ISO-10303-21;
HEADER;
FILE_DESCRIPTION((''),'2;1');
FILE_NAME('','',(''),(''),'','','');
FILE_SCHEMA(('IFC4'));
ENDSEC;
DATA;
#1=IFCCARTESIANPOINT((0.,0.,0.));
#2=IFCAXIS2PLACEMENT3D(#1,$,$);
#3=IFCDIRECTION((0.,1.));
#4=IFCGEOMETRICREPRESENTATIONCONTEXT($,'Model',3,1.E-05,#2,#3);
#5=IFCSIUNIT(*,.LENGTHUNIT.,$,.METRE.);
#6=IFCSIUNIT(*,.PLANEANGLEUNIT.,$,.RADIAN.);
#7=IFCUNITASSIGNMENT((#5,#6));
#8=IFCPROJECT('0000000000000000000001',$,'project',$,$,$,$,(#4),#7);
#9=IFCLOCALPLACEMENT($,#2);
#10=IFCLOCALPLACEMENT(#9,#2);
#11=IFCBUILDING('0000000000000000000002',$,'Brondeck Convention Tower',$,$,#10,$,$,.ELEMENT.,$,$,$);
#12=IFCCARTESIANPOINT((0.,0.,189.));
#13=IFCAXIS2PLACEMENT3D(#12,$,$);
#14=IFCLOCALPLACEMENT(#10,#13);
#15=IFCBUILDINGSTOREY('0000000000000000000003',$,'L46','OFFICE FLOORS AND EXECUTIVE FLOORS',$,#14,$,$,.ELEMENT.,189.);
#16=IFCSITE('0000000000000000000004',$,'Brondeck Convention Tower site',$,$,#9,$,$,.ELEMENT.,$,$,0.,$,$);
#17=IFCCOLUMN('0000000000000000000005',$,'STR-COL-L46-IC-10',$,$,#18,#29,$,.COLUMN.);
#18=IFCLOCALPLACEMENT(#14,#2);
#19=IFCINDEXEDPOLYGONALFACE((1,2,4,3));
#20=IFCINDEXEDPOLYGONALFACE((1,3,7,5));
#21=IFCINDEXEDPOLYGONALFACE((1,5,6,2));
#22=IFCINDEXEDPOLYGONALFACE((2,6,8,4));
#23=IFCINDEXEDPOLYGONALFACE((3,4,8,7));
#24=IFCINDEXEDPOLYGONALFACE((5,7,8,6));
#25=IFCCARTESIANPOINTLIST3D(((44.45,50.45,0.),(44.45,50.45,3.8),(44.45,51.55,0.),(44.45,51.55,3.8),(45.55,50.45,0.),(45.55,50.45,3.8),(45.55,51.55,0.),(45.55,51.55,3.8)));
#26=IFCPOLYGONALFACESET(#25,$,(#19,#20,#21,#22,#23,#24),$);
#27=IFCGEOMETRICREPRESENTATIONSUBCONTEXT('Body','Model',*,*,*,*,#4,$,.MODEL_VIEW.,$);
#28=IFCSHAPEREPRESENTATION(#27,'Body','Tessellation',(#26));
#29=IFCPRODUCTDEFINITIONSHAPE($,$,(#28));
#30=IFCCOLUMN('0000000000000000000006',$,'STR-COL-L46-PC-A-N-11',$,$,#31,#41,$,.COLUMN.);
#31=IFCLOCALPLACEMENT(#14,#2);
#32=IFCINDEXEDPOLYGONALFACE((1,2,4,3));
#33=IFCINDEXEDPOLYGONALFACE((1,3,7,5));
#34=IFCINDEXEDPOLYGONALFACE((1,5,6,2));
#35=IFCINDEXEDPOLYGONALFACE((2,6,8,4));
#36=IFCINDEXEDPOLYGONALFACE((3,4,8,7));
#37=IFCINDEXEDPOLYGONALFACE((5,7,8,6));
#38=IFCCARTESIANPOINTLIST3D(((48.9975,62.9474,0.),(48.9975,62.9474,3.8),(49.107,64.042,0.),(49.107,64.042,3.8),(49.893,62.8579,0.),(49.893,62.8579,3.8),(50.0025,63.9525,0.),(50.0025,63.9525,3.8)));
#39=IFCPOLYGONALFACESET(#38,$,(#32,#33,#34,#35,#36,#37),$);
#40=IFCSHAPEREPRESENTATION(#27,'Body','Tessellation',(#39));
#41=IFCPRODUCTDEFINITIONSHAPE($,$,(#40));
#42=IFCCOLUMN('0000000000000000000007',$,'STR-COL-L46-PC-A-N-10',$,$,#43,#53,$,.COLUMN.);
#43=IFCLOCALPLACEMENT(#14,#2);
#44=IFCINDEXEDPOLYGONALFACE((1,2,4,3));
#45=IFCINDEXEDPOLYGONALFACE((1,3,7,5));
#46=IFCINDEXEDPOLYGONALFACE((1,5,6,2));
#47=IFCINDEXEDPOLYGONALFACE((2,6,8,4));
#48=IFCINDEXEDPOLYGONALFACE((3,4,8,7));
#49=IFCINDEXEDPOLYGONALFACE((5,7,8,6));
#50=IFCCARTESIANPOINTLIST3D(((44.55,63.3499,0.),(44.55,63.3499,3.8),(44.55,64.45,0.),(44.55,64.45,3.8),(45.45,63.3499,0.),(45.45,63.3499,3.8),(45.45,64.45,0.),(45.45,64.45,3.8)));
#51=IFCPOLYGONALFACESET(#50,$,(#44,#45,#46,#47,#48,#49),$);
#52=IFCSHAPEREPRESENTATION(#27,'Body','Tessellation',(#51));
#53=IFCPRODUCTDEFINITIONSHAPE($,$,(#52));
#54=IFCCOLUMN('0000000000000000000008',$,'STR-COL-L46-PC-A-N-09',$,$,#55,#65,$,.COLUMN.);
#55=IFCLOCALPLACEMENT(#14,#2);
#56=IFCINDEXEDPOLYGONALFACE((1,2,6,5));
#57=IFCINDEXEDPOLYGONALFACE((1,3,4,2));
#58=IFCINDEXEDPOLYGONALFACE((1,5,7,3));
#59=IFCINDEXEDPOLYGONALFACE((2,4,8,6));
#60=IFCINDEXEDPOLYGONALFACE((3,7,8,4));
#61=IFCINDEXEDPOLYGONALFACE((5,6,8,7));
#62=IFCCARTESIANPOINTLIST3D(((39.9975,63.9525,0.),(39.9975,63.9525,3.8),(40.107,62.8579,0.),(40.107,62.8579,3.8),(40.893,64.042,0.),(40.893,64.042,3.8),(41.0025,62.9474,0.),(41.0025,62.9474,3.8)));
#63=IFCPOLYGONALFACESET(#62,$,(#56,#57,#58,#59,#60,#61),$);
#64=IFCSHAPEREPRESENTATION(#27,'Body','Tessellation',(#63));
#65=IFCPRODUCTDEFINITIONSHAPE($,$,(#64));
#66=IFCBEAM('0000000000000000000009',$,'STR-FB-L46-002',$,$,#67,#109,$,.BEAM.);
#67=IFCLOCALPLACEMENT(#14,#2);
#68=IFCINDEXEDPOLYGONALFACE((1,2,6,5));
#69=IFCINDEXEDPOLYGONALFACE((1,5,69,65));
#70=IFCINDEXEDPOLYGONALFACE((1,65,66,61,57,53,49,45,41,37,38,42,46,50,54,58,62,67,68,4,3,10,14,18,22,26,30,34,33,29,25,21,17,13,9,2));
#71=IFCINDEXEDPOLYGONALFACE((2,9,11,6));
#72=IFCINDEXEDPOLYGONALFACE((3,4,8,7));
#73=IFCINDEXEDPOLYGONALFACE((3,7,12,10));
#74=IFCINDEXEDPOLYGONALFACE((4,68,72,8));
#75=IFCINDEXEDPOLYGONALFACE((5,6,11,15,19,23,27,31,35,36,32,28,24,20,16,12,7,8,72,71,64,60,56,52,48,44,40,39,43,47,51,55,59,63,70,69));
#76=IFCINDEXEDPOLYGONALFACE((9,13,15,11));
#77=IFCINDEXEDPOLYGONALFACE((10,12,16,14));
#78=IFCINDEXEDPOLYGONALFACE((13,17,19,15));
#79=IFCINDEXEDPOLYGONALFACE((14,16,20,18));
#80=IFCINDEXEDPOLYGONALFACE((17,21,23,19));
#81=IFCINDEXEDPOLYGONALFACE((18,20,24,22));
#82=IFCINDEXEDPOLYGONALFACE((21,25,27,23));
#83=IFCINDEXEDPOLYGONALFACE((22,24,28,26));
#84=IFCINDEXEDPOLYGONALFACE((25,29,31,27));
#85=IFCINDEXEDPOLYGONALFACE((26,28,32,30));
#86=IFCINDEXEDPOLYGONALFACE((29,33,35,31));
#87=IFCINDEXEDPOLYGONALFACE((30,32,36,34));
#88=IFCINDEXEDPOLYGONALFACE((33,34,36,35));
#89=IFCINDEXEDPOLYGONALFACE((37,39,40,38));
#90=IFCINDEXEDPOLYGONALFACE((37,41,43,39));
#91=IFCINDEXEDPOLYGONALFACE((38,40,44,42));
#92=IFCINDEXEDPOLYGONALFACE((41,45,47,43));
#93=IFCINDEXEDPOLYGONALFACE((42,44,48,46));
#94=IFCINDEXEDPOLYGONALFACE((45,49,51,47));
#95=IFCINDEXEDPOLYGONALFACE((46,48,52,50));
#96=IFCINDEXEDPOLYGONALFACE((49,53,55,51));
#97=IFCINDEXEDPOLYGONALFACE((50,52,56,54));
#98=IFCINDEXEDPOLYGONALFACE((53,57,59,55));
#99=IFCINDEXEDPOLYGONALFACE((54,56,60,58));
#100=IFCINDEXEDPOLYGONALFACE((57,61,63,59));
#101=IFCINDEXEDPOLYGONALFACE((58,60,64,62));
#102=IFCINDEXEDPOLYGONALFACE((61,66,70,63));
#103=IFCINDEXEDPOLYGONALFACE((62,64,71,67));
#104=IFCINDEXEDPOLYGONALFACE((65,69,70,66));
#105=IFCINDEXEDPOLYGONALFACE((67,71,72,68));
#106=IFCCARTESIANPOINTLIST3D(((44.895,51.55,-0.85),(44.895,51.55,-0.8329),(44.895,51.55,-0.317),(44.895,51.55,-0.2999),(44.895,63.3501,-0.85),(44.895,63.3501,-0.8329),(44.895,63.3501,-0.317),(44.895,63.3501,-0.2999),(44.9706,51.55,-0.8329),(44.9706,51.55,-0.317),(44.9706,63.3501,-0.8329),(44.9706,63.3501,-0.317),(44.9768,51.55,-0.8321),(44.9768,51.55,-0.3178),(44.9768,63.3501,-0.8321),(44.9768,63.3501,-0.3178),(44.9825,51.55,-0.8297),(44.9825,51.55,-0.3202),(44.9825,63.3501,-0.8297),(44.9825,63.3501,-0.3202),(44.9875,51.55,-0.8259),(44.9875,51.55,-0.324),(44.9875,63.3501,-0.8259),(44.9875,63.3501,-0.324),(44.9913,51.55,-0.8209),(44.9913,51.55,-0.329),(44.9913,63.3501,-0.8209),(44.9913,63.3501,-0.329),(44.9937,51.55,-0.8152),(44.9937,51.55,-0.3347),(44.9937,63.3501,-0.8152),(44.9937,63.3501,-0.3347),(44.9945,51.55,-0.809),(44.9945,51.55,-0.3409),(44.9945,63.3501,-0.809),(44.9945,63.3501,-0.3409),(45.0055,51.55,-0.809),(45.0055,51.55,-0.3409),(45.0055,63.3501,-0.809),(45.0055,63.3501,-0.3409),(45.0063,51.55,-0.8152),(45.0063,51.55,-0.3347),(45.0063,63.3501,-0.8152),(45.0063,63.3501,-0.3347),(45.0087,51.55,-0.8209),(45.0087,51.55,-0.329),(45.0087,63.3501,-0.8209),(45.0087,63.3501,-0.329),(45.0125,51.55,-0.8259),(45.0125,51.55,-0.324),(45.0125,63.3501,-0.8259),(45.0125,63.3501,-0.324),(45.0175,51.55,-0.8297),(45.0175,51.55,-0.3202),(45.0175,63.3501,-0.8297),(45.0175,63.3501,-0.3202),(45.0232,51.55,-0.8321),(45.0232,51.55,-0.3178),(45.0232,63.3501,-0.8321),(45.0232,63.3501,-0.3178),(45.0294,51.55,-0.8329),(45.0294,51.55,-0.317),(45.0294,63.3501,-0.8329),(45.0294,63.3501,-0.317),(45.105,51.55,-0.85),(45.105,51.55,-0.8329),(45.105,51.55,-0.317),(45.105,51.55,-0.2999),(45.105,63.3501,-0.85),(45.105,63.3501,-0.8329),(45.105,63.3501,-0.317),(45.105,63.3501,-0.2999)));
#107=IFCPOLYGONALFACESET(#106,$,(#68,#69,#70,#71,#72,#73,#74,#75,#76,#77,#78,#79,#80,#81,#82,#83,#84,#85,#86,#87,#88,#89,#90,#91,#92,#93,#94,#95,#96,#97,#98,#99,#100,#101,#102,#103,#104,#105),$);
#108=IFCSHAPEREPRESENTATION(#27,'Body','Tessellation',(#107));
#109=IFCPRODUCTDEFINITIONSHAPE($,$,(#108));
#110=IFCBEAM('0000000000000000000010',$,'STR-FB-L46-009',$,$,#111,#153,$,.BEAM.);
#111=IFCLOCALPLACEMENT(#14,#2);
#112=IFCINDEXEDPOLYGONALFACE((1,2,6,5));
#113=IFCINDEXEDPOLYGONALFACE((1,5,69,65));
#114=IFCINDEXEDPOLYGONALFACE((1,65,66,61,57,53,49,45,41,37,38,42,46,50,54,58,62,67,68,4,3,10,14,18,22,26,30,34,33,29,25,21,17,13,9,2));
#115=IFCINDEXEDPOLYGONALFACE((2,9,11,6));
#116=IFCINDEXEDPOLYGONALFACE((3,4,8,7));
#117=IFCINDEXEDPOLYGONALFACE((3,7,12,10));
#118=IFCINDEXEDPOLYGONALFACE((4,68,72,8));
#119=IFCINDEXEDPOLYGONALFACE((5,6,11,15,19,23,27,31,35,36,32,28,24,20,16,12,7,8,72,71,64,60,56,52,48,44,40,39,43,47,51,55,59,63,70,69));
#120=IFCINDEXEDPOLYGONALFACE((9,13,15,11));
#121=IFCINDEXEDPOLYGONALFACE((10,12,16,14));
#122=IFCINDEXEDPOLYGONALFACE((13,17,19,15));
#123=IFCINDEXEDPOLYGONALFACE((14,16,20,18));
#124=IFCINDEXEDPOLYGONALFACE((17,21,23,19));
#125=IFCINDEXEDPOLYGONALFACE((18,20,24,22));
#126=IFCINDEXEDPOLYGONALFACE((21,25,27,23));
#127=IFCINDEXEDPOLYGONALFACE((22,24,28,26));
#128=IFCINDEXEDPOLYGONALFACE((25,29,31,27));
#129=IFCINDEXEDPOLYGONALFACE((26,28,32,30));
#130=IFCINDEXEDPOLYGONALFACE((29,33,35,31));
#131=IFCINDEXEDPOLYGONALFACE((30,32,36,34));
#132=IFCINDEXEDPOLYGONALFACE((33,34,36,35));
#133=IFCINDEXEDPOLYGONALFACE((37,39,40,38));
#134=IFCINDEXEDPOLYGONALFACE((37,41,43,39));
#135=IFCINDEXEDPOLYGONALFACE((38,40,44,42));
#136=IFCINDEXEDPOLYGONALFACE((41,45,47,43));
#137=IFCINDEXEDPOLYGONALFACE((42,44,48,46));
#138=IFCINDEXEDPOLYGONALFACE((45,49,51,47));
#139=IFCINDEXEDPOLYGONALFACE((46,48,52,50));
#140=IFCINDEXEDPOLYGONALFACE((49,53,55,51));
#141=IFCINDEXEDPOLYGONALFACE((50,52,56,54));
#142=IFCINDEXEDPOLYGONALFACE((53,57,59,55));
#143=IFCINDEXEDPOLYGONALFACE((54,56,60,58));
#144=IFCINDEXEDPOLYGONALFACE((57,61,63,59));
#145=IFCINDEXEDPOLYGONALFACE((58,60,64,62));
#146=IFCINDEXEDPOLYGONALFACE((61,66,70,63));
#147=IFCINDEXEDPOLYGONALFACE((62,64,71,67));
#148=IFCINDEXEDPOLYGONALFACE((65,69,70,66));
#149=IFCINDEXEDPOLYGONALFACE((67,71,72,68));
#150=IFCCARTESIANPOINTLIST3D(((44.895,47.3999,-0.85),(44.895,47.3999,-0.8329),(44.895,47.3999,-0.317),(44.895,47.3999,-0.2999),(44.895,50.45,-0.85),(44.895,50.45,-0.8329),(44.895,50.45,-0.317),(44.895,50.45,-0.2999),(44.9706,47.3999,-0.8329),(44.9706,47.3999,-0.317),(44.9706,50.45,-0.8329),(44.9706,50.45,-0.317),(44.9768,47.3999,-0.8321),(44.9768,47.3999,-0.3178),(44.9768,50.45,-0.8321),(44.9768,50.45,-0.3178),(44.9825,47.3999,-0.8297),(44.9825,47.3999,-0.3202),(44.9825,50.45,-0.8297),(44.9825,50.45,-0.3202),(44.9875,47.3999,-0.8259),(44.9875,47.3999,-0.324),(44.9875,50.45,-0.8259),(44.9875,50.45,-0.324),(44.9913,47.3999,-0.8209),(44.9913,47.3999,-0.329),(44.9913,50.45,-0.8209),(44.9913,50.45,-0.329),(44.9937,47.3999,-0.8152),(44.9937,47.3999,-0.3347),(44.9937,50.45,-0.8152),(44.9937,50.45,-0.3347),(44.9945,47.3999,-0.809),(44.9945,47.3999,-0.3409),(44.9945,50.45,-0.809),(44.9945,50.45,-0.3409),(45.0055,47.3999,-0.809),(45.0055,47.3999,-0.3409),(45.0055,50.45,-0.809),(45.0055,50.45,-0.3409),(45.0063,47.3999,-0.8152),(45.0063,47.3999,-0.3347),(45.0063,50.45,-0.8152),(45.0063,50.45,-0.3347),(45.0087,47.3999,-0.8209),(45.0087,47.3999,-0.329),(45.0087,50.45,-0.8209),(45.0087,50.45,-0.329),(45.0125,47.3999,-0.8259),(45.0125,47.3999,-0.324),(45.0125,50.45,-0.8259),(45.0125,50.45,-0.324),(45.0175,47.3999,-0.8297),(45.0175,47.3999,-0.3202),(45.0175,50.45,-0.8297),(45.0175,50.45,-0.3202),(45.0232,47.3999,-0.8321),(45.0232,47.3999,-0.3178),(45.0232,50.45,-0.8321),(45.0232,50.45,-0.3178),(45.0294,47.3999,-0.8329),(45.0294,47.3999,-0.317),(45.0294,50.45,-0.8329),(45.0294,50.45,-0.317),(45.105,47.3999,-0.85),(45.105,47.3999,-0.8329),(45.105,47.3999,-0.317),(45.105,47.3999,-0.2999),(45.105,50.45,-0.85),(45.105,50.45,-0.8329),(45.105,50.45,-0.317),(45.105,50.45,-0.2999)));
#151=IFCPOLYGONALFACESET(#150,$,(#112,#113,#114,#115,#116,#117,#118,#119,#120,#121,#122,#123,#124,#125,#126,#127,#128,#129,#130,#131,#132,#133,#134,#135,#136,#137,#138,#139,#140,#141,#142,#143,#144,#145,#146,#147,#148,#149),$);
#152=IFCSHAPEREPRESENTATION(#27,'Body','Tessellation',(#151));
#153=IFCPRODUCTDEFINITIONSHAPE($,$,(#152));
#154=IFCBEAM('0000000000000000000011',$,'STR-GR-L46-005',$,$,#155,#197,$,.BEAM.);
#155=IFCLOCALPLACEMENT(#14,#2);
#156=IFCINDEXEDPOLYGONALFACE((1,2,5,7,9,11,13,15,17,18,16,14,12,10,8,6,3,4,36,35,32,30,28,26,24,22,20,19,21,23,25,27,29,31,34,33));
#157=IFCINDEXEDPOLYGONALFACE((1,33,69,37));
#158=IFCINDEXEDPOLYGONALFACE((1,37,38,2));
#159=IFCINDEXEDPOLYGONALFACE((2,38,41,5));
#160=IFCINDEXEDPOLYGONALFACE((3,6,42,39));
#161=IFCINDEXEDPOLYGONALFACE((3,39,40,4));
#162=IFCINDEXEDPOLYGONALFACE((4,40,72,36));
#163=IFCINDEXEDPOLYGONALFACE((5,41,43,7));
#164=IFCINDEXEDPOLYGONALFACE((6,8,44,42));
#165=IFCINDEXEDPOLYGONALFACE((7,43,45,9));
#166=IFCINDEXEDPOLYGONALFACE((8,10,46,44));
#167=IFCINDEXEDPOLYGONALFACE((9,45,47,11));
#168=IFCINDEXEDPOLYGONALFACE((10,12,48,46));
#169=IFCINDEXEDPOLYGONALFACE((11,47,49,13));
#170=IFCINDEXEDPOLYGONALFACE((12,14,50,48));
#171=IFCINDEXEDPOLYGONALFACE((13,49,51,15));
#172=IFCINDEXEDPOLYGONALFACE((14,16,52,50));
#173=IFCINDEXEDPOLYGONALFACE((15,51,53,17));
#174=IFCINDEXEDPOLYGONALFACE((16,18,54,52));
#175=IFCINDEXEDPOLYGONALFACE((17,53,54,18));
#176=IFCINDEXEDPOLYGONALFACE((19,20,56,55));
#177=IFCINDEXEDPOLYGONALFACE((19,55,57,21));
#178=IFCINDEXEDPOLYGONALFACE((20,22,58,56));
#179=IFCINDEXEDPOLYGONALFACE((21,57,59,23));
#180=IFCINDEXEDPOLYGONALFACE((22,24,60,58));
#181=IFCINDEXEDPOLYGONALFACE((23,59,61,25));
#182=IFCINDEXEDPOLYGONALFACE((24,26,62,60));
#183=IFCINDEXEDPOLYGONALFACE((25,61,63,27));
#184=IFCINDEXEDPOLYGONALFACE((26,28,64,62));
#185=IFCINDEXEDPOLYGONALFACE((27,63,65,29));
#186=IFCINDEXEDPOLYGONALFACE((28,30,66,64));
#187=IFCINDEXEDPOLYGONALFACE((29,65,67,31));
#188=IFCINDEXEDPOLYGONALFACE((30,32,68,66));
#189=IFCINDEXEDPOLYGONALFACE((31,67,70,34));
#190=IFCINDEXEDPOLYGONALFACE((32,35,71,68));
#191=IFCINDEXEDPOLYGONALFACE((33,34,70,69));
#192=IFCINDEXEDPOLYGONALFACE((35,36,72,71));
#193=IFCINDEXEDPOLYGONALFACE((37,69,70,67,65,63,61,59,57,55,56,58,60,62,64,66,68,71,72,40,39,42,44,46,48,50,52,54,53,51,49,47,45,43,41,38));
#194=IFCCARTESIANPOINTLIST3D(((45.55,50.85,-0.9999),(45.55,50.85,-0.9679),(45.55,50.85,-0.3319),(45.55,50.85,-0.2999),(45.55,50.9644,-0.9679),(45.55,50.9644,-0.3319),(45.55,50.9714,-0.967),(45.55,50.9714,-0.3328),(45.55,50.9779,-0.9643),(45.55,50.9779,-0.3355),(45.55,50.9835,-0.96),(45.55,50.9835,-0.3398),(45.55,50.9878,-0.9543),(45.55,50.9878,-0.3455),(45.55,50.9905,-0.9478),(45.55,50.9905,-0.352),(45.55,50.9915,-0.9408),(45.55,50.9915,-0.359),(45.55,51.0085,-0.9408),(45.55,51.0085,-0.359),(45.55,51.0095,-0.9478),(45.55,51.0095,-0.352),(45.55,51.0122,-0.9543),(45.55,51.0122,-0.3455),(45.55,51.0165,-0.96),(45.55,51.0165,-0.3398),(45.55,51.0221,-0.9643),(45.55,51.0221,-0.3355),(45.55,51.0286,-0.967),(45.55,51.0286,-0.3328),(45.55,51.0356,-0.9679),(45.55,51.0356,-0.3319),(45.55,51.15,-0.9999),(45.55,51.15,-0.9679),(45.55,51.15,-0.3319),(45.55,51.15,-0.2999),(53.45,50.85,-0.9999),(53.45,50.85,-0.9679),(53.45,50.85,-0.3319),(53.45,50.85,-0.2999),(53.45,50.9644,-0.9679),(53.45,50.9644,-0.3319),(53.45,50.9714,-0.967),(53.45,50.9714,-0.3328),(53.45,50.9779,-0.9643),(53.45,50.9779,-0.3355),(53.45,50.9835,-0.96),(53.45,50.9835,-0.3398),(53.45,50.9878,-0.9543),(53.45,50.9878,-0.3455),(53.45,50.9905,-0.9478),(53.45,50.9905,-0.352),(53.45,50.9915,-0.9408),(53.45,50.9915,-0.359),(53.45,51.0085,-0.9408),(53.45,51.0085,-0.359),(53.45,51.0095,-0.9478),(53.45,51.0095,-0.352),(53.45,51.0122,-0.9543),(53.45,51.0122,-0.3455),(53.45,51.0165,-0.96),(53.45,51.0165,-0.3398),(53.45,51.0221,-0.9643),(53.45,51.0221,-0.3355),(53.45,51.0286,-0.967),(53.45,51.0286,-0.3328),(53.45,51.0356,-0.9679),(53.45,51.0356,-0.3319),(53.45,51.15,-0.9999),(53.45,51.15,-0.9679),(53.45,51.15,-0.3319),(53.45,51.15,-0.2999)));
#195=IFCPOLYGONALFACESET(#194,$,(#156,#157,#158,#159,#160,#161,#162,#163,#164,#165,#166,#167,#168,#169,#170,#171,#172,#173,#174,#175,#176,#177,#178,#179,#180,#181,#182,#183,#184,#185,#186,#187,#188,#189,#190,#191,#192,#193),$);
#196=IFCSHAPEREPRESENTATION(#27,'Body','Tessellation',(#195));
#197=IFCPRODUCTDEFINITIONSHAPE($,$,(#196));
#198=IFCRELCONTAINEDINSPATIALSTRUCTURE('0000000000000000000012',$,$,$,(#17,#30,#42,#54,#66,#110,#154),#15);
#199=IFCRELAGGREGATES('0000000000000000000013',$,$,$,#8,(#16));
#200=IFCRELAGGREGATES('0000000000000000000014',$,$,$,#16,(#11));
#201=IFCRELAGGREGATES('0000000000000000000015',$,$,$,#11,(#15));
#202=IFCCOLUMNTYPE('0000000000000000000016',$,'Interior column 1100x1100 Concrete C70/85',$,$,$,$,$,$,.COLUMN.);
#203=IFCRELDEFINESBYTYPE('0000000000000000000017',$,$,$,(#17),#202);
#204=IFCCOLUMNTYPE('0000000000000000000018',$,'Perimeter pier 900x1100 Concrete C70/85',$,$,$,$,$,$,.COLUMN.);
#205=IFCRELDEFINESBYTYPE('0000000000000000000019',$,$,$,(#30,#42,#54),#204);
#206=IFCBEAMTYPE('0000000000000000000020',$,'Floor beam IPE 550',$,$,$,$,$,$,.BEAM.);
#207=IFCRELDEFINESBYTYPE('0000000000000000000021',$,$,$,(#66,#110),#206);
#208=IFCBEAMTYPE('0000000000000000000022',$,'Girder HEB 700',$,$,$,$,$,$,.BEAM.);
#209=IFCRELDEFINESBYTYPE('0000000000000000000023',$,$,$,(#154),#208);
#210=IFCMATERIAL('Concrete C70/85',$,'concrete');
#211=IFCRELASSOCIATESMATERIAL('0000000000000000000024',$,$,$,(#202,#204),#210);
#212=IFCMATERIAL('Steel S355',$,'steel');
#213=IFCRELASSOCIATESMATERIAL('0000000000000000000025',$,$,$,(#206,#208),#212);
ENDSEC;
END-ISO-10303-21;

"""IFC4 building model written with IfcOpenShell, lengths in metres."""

from ifc_helpers import new_model, si_unit, direction, frame, origin, origin_2d, place, context, subcontext, project, spatial, rectangle, i_section, extrude, material, material_profile, profile_set, type_object, element, save


model = new_model("IFC4")

# Units and contexts
model_context = context("Model", 3, precision=1e-05, world=origin(), true_north=direction((0.0, 1.0)))
body_context = subcontext(model_context, "Body", "Model", "MODEL_VIEW")
ifc_project = project(units=[si_unit("LENGTHUNIT", "METRE"), si_unit("PLANEANGLEUNIT", "RADIAN")], contexts=[model_context])

# Site, building, storey
site_placement = place(None, origin())
site = spatial("IfcSite", under=ifc_project, at=site_placement, Name="Brondeck Convention Tower site", CompositionType="ELEMENT", RefElevation=0.0)
building_placement = place(site_placement, origin())
building = spatial("IfcBuilding", under=site, at=building_placement, Name="Brondeck Convention Tower", CompositionType="ELEMENT")
storey_placement = place(building_placement, frame((0.0, 0.0, 189.0)))
storey = spatial("IfcBuildingStorey", under=building, at=storey_placement, Name="L46", Description="OFFICE FLOORS AND EXECUTIVE FLOORS", CompositionType="ELEMENT", Elevation=189.0)

# Columns
ifc_material_1 = material(Name="Concrete C70/85", Category="concrete")
ifc_material_profile_1 = material_profile(ifc_material_1, rectangle(XDim=1.1001, YDim=1.1001, at=origin_2d()), Name="Interior column 1100x1100 Concrete C70/85")
ifc_profile_set_1 = profile_set([ifc_material_profile_1], Name="Concrete C70/85")
column_type_1 = type_object("IfcColumnType", Name="Interior column 1100x1100 Concrete C70/85", PredefinedType="COLUMN", material=ifc_profile_set_1)
column_placement = place(storey_placement, frame((45.0, 51.0, 0.0), z_axis=(0.0, 0.0, 1.0), x_axis=(1.0, 0.0, 0.0)))
element("IfcColumn", 1, at=column_placement, inside=storey, type_object=column_type_1, Name="STR-COL-L46-IC-10", PredefinedType="COLUMN", context=body_context, shape_type="SweptSolid", body=[
    extrude(rectangle(XDim=1.1001, YDim=1.1001, at=origin_2d()), origin(), (0.0, 0.0, 1.0), 3.8),
])
ifc_material_profile_2 = material_profile(ifc_material_1, rectangle(XDim=0.8999, YDim=1.1001, at=origin_2d()), Name="Perimeter pier 900x1100 Concrete C70/85")
ifc_profile_set_2 = profile_set([ifc_material_profile_2], Name="Concrete C70/85")
column_type_2 = type_object("IfcColumnType", Name="Perimeter pier 900x1100 Concrete C70/85", PredefinedType="COLUMN", material=ifc_profile_set_2)
for number, where, z_axis, x_axis, name in (
    (2, (49.5, 63.45, 0.0), (0.0, 0.0, 1.0), (-0.995037, 0.099504, 0.0), "STR-COL-L46-PC-A-N-11"),
    (3, (45.0, 63.8999, 0.0), (0.0, 0.0, 1.0), (-1.0, 0.0, 0.0), "STR-COL-L46-PC-A-N-10"),
    (4, (40.5, 63.45, 0.0), (0.0, 0.0, 1.0), (-0.995037, -0.099504, 0.0), "STR-COL-L46-PC-A-N-09"),
):
    element("IfcColumn", number, at=place(storey_placement, frame(where, z_axis=z_axis, x_axis=x_axis)), inside=storey, type_object=column_type_2, Name=name, PredefinedType="COLUMN", context=body_context, shape_type="SweptSolid", body=[
        extrude(rectangle(XDim=0.8999, YDim=1.1001, at=origin_2d()), origin(), (0.0, 0.0, 1.0), 3.8),
    ])

# Beams
ifc_material_2 = material(Name="Steel S355", Category="steel")
ifc_material_profile_3 = material_profile(ifc_material_2, i_section(OverallWidth=0.21, OverallDepth=0.55, WebThickness=0.011, FlangeThickness=0.0171, FilletRadius=0.0239, at=origin_2d()), Name="IPE 550")
ifc_profile_set_3 = profile_set([ifc_material_profile_3], Name="Steel S355")
beam_type_1 = type_object("IfcBeamType", Name="Floor beam IPE 550", PredefinedType="BEAM", material=ifc_profile_set_3)
beam_1_placement = place(storey_placement, frame((45.0, 51.55, -0.575), z_axis=(0.0, 1.0, 0.0), x_axis=(-1.0, 0.0, 0.0)))
element("IfcBeam", 5, at=beam_1_placement, inside=storey, type_object=beam_type_1, Name="STR-FB-L46-002", PredefinedType="BEAM", context=body_context, shape_type="SweptSolid", body=[
    extrude(i_section(OverallWidth=0.21, OverallDepth=0.55, WebThickness=0.011, FlangeThickness=0.0171, FilletRadius=0.0239, at=origin_2d()), origin(), (0.0, 0.0, 1.0), 11.8),
])
beam_2_placement = place(storey_placement, frame((45.0, 47.3999, -0.575), z_axis=(0.0, 1.0, 0.0), x_axis=(-1.0, 0.0, 0.0)))
element("IfcBeam", 6, at=beam_2_placement, inside=storey, type_object=beam_type_1, Name="STR-FB-L46-009", PredefinedType="BEAM", context=body_context, shape_type="SweptSolid", body=[
    extrude(i_section(OverallWidth=0.21, OverallDepth=0.55, WebThickness=0.011, FlangeThickness=0.0171, FilletRadius=0.0239, at=origin_2d()), origin(), (0.0, 0.0, 1.0), 3.05),
])
ifc_material_profile_4 = material_profile(ifc_material_2, i_section(OverallWidth=0.3, OverallDepth=0.7, WebThickness=0.0171, FlangeThickness=0.032, FilletRadius=0.0271, at=origin_2d()), Name="HEB 700")
ifc_profile_set_4 = profile_set([ifc_material_profile_4], Name="Steel S355")
beam_type_2 = type_object("IfcBeamType", Name="Girder HEB 700", PredefinedType="BEAM", material=ifc_profile_set_4)
beam_3_placement = place(storey_placement, frame((45.55, 51.0, -0.6499), z_axis=(1.0, 0.0, 0.0), x_axis=(0.0, 1.0, 0.0)))
element("IfcBeam", 7, at=beam_3_placement, inside=storey, type_object=beam_type_2, Name="STR-GR-L46-005", PredefinedType="BEAM", context=body_context, shape_type="SweptSolid", body=[
    extrude(i_section(OverallWidth=0.3, OverallDepth=0.7, WebThickness=0.0171, FlangeThickness=0.032, FilletRadius=0.0271, at=origin_2d()), origin(), (0.0, 0.0, 1.0), 7.8999),
])

save(model, "model.ifc")
